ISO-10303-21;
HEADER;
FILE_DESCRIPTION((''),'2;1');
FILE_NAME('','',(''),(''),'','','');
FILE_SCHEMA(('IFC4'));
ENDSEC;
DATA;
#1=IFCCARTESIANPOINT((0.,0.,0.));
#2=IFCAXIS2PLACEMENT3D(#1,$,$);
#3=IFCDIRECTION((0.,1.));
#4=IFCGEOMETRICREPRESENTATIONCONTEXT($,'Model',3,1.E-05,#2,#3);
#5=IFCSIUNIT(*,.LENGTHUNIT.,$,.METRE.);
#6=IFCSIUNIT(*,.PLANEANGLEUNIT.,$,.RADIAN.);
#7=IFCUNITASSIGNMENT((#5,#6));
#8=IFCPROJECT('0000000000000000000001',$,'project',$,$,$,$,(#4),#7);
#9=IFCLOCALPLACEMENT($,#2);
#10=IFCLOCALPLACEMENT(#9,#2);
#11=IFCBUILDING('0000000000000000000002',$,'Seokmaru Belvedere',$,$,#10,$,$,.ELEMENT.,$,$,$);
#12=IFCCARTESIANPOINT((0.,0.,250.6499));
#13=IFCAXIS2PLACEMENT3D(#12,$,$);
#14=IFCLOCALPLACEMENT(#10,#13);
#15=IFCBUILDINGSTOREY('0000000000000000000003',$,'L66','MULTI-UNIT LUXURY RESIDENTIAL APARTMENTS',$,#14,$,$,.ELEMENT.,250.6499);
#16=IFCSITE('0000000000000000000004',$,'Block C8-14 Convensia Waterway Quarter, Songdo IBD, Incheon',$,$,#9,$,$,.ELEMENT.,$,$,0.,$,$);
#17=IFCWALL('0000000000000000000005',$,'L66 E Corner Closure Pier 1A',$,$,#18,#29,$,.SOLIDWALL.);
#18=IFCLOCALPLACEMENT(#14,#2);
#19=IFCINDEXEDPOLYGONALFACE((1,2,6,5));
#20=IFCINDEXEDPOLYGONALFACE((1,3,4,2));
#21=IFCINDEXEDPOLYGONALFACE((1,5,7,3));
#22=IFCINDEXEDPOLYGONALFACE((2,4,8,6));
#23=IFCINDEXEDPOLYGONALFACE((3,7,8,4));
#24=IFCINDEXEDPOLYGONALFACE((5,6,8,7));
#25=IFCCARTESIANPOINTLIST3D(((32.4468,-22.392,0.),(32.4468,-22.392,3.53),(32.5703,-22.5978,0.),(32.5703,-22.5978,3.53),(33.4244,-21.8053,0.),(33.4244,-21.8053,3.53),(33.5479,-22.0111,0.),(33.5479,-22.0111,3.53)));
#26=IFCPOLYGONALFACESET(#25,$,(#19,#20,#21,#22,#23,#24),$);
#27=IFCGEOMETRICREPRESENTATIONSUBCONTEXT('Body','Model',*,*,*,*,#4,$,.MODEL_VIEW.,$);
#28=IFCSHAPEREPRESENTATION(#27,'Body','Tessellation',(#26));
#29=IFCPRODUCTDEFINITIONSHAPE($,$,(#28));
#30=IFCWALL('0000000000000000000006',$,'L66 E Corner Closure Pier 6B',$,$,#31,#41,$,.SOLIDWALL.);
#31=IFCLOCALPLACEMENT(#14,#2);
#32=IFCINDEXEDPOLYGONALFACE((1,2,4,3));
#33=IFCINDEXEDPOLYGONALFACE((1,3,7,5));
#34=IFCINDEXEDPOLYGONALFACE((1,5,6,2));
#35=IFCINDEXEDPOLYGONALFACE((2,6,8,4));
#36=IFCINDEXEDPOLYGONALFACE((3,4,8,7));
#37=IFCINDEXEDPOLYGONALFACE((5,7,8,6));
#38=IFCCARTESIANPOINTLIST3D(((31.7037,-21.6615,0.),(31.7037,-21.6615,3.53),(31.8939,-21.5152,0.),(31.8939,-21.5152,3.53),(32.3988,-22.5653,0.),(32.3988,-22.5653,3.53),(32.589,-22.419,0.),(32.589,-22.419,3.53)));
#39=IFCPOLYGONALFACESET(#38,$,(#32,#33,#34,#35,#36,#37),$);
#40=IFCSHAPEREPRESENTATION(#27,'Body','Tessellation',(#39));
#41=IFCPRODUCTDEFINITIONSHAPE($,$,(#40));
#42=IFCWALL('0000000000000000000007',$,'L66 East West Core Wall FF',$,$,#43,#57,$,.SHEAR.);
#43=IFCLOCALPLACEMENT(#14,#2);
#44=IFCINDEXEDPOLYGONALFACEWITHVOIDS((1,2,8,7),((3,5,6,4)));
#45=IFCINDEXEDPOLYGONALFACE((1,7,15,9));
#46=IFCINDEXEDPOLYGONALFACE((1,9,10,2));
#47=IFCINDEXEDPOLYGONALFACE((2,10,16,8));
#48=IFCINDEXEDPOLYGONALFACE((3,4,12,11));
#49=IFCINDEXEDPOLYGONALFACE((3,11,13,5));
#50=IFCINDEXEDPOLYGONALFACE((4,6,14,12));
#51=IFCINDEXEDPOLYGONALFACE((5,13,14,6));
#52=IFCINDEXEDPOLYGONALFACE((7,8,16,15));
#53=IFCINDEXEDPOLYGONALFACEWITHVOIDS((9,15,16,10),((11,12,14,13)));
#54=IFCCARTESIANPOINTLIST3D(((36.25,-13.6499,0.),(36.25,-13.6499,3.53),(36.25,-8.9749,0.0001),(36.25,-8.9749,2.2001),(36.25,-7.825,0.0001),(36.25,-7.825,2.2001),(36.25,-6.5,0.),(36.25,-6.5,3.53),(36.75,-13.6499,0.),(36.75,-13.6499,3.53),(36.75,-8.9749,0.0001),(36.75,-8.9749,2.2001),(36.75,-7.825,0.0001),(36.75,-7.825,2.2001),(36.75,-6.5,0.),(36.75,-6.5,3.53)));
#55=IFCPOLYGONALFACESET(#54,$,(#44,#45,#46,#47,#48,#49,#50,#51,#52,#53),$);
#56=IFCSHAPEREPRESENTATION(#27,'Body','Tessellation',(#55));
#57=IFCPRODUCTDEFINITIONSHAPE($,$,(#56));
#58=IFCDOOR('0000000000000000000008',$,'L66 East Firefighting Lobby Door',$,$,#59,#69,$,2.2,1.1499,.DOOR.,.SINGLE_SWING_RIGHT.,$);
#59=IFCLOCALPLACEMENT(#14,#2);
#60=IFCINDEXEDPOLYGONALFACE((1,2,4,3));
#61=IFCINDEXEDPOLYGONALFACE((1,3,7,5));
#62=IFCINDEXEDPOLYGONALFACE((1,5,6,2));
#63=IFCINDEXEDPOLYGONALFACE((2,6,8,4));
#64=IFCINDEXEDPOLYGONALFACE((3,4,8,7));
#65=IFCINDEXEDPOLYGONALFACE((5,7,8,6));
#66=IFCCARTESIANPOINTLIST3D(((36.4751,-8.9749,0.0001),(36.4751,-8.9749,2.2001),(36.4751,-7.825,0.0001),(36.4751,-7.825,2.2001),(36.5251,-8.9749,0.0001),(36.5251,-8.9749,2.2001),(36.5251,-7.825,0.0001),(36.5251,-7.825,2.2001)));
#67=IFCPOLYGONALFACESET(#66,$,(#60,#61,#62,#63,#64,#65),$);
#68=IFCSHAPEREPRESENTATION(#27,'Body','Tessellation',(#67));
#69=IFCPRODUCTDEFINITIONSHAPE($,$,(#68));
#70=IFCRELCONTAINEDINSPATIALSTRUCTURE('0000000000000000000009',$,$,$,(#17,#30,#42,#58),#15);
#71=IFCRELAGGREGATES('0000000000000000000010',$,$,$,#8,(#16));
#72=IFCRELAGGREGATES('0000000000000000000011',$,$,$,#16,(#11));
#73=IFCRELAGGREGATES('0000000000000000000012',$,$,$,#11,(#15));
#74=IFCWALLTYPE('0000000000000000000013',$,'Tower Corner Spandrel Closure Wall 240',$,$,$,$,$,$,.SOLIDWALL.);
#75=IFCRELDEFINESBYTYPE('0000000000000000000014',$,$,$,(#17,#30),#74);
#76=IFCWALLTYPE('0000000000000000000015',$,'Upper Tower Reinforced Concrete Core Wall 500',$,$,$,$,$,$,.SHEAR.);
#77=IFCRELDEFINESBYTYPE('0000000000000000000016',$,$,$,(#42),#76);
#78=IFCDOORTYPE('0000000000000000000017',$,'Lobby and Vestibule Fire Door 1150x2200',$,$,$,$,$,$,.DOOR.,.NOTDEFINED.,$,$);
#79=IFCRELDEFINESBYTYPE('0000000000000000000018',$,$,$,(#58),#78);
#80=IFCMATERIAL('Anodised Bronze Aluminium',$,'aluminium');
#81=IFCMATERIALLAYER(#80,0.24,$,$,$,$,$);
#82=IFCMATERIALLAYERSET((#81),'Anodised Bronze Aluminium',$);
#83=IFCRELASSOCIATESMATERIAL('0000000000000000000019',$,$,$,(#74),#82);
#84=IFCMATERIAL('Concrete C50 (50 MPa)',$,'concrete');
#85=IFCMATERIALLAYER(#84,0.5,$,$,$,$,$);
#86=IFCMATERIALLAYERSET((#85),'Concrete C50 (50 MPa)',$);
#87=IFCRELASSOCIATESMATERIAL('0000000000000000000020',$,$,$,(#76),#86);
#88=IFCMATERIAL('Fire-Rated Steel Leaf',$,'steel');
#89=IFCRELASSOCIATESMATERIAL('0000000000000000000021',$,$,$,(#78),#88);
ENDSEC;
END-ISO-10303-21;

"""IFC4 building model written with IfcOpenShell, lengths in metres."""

from ifc_helpers import new_model, si_unit, direction, frame, frame_2d, origin, place, context, subcontext, project, spatial, rectangle, extrude, source, transform, mapped, material, layer, layer_set, type_object, type_shapes, element, fill, save


model = new_model("IFC4")

# Units and contexts
model_context = context("Model", 3, precision=1e-05, world=origin(), true_north=direction((0.0, 1.0)))
body_context = subcontext(model_context, "Body", "Model", "MODEL_VIEW")
ifc_project = project(units=[si_unit("LENGTHUNIT", "METRE"), si_unit("PLANEANGLEUNIT", "RADIAN")], contexts=[model_context])

# Site, building, storey
site_placement = place(None, origin())
site = spatial("IfcSite", under=ifc_project, at=site_placement, Name="Block C8-14 Convensia Waterway Quarter, Songdo IBD, Incheon", CompositionType="ELEMENT", RefElevation=0.0)
building_placement = place(site_placement, origin())
building = spatial("IfcBuilding", under=site, at=building_placement, Name="Seokmaru Belvedere", CompositionType="ELEMENT")
storey_placement = place(building_placement, frame((0.0, 0.0, 250.6499)))
storey = spatial("IfcBuildingStorey", under=building, at=storey_placement, Name="L66", Description="MULTI-UNIT LUXURY RESIDENTIAL APARTMENTS", CompositionType="ELEMENT", Elevation=250.6499)

# Shared definitions
ifc_material_1 = material(Name="Anodised Bronze Aluminium", Category="aluminium")

# Shared definitions
ifc_material_2 = material(Name="Fire-Rated Steel Leaf", Category="steel")

# Walls
ifc_layer_1 = layer(ifc_material_1, 0.24)
ifc_layer_set_1 = layer_set([ifc_layer_1], Name="Anodised Bronze Aluminium")
wall_type_1 = type_object("IfcWallType", Name="Tower Corner Spandrel Closure Wall 240", PredefinedType="SOLIDWALL", material=ifc_layer_set_1)
for number, where, z_axis, x_axis, name in (
    (1, (32.5085, -22.4949, 0.0), (0.0, 0.0, 1.0), (0.857436, 0.51459, 0.0), "L66 E Corner Closure Pier 1A"),
    (2, (31.7988, -21.5884, 0.0), (0.0, 0.0, 1.0), (0.609618, -0.792696, 0.0), "L66 E Corner Closure Pier 6B"),
):
    element("IfcWall", number, at=place(storey_placement, frame(where, z_axis=z_axis, x_axis=x_axis)), inside=storey, type_object=wall_type_1, Name=name, PredefinedType="SOLIDWALL", context=body_context, shape_type="SweptSolid", body=[
        extrude(rectangle(XDim=1.1401, YDim=0.24, at=frame_2d((0.5701, 0.0))), origin(), (0.0, 0.0, 1.0), 3.53),
    ])

# Wall, opening, door
ifc_material_3 = material(Name="Concrete C50 (50 MPa)", Category="concrete")
ifc_layer_2 = layer(ifc_material_3, 0.5)
ifc_layer_set_2 = layer_set([ifc_layer_2], Name="Concrete C50 (50 MPa)")
wall_type_2 = type_object("IfcWallType", Name="Upper Tower Reinforced Concrete Core Wall 500", PredefinedType="SHEAR", material=ifc_layer_set_2)
wall_1_placement = place(storey_placement, frame((36.5, -13.6499, 0.0), z_axis=(0.0, 0.0, 1.0), x_axis=(0.0, 1.0, 0.0)))
wall_1 = element("IfcWall", 3, at=wall_1_placement, inside=storey, type_object=wall_type_2, Name="L66 East West Core Wall FF", PredefinedType="SHEAR", context=body_context, shape_type="SweptSolid", body=[
    extrude(rectangle(XDim=7.1499, YDim=0.5, at=frame_2d((3.575, 0.0))), origin(), (0.0, 0.0, 1.0), 3.53),
])
opening_1_placement = place(wall_1_placement, frame((4.675, 0.0, 0.0)))
opening_1 = element("IfcOpeningElement", 4, at=opening_1_placement, cuts=wall_1, PredefinedType="OPENING", context=body_context, shape_type="SweptSolid", body=[
    extrude(rectangle(XDim=1.1499, YDim=2.2, at=frame_2d((0.575, 1.1001))), frame((0.0, 0.26, 0.0), z_axis=(0.0, -1.0, 0.0), x_axis=(1.0, 0.0, 0.0)), (0.0, 0.0, 1.0), 0.52),
])
door_type_1 = type_object("IfcDoorType", Name="Lobby and Vestibule Fire Door 1150x2200", OperationType="NOTDEFINED", PredefinedType="DOOR", material=ifc_material_2)
shared_shape_1 = source(origin(), body_context, "Body", "SweptSolid", [
    extrude(rectangle(XDim=1.1499, YDim=2.2, at=frame_2d((0.575, 1.1001))), frame((0.0, 0.0249, 0.0), z_axis=(0.0, -1.0, 0.0), x_axis=(1.0, 0.0, 0.0)), (0.0, 0.0, 1.0), 0.05),
])
type_shapes(door_type_1, [shared_shape_1])
door_1_placement = place(opening_1_placement, origin())
door_1 = element("IfcDoor", 5, at=door_1_placement, inside=storey, type_object=door_type_1, Name="L66 East Firefighting Lobby Door", OperationType="SINGLE_SWING_RIGHT", OverallHeight=2.2, OverallWidth=1.1499, PredefinedType="DOOR", context=body_context, shape_type="MappedRepresentation", body=[
    mapped(shared_shape_1, transform((0.0, 0.0, 0.0), scale=1.0)),
])
fill(opening_1, door_1)

save(model, "model.ifc")
